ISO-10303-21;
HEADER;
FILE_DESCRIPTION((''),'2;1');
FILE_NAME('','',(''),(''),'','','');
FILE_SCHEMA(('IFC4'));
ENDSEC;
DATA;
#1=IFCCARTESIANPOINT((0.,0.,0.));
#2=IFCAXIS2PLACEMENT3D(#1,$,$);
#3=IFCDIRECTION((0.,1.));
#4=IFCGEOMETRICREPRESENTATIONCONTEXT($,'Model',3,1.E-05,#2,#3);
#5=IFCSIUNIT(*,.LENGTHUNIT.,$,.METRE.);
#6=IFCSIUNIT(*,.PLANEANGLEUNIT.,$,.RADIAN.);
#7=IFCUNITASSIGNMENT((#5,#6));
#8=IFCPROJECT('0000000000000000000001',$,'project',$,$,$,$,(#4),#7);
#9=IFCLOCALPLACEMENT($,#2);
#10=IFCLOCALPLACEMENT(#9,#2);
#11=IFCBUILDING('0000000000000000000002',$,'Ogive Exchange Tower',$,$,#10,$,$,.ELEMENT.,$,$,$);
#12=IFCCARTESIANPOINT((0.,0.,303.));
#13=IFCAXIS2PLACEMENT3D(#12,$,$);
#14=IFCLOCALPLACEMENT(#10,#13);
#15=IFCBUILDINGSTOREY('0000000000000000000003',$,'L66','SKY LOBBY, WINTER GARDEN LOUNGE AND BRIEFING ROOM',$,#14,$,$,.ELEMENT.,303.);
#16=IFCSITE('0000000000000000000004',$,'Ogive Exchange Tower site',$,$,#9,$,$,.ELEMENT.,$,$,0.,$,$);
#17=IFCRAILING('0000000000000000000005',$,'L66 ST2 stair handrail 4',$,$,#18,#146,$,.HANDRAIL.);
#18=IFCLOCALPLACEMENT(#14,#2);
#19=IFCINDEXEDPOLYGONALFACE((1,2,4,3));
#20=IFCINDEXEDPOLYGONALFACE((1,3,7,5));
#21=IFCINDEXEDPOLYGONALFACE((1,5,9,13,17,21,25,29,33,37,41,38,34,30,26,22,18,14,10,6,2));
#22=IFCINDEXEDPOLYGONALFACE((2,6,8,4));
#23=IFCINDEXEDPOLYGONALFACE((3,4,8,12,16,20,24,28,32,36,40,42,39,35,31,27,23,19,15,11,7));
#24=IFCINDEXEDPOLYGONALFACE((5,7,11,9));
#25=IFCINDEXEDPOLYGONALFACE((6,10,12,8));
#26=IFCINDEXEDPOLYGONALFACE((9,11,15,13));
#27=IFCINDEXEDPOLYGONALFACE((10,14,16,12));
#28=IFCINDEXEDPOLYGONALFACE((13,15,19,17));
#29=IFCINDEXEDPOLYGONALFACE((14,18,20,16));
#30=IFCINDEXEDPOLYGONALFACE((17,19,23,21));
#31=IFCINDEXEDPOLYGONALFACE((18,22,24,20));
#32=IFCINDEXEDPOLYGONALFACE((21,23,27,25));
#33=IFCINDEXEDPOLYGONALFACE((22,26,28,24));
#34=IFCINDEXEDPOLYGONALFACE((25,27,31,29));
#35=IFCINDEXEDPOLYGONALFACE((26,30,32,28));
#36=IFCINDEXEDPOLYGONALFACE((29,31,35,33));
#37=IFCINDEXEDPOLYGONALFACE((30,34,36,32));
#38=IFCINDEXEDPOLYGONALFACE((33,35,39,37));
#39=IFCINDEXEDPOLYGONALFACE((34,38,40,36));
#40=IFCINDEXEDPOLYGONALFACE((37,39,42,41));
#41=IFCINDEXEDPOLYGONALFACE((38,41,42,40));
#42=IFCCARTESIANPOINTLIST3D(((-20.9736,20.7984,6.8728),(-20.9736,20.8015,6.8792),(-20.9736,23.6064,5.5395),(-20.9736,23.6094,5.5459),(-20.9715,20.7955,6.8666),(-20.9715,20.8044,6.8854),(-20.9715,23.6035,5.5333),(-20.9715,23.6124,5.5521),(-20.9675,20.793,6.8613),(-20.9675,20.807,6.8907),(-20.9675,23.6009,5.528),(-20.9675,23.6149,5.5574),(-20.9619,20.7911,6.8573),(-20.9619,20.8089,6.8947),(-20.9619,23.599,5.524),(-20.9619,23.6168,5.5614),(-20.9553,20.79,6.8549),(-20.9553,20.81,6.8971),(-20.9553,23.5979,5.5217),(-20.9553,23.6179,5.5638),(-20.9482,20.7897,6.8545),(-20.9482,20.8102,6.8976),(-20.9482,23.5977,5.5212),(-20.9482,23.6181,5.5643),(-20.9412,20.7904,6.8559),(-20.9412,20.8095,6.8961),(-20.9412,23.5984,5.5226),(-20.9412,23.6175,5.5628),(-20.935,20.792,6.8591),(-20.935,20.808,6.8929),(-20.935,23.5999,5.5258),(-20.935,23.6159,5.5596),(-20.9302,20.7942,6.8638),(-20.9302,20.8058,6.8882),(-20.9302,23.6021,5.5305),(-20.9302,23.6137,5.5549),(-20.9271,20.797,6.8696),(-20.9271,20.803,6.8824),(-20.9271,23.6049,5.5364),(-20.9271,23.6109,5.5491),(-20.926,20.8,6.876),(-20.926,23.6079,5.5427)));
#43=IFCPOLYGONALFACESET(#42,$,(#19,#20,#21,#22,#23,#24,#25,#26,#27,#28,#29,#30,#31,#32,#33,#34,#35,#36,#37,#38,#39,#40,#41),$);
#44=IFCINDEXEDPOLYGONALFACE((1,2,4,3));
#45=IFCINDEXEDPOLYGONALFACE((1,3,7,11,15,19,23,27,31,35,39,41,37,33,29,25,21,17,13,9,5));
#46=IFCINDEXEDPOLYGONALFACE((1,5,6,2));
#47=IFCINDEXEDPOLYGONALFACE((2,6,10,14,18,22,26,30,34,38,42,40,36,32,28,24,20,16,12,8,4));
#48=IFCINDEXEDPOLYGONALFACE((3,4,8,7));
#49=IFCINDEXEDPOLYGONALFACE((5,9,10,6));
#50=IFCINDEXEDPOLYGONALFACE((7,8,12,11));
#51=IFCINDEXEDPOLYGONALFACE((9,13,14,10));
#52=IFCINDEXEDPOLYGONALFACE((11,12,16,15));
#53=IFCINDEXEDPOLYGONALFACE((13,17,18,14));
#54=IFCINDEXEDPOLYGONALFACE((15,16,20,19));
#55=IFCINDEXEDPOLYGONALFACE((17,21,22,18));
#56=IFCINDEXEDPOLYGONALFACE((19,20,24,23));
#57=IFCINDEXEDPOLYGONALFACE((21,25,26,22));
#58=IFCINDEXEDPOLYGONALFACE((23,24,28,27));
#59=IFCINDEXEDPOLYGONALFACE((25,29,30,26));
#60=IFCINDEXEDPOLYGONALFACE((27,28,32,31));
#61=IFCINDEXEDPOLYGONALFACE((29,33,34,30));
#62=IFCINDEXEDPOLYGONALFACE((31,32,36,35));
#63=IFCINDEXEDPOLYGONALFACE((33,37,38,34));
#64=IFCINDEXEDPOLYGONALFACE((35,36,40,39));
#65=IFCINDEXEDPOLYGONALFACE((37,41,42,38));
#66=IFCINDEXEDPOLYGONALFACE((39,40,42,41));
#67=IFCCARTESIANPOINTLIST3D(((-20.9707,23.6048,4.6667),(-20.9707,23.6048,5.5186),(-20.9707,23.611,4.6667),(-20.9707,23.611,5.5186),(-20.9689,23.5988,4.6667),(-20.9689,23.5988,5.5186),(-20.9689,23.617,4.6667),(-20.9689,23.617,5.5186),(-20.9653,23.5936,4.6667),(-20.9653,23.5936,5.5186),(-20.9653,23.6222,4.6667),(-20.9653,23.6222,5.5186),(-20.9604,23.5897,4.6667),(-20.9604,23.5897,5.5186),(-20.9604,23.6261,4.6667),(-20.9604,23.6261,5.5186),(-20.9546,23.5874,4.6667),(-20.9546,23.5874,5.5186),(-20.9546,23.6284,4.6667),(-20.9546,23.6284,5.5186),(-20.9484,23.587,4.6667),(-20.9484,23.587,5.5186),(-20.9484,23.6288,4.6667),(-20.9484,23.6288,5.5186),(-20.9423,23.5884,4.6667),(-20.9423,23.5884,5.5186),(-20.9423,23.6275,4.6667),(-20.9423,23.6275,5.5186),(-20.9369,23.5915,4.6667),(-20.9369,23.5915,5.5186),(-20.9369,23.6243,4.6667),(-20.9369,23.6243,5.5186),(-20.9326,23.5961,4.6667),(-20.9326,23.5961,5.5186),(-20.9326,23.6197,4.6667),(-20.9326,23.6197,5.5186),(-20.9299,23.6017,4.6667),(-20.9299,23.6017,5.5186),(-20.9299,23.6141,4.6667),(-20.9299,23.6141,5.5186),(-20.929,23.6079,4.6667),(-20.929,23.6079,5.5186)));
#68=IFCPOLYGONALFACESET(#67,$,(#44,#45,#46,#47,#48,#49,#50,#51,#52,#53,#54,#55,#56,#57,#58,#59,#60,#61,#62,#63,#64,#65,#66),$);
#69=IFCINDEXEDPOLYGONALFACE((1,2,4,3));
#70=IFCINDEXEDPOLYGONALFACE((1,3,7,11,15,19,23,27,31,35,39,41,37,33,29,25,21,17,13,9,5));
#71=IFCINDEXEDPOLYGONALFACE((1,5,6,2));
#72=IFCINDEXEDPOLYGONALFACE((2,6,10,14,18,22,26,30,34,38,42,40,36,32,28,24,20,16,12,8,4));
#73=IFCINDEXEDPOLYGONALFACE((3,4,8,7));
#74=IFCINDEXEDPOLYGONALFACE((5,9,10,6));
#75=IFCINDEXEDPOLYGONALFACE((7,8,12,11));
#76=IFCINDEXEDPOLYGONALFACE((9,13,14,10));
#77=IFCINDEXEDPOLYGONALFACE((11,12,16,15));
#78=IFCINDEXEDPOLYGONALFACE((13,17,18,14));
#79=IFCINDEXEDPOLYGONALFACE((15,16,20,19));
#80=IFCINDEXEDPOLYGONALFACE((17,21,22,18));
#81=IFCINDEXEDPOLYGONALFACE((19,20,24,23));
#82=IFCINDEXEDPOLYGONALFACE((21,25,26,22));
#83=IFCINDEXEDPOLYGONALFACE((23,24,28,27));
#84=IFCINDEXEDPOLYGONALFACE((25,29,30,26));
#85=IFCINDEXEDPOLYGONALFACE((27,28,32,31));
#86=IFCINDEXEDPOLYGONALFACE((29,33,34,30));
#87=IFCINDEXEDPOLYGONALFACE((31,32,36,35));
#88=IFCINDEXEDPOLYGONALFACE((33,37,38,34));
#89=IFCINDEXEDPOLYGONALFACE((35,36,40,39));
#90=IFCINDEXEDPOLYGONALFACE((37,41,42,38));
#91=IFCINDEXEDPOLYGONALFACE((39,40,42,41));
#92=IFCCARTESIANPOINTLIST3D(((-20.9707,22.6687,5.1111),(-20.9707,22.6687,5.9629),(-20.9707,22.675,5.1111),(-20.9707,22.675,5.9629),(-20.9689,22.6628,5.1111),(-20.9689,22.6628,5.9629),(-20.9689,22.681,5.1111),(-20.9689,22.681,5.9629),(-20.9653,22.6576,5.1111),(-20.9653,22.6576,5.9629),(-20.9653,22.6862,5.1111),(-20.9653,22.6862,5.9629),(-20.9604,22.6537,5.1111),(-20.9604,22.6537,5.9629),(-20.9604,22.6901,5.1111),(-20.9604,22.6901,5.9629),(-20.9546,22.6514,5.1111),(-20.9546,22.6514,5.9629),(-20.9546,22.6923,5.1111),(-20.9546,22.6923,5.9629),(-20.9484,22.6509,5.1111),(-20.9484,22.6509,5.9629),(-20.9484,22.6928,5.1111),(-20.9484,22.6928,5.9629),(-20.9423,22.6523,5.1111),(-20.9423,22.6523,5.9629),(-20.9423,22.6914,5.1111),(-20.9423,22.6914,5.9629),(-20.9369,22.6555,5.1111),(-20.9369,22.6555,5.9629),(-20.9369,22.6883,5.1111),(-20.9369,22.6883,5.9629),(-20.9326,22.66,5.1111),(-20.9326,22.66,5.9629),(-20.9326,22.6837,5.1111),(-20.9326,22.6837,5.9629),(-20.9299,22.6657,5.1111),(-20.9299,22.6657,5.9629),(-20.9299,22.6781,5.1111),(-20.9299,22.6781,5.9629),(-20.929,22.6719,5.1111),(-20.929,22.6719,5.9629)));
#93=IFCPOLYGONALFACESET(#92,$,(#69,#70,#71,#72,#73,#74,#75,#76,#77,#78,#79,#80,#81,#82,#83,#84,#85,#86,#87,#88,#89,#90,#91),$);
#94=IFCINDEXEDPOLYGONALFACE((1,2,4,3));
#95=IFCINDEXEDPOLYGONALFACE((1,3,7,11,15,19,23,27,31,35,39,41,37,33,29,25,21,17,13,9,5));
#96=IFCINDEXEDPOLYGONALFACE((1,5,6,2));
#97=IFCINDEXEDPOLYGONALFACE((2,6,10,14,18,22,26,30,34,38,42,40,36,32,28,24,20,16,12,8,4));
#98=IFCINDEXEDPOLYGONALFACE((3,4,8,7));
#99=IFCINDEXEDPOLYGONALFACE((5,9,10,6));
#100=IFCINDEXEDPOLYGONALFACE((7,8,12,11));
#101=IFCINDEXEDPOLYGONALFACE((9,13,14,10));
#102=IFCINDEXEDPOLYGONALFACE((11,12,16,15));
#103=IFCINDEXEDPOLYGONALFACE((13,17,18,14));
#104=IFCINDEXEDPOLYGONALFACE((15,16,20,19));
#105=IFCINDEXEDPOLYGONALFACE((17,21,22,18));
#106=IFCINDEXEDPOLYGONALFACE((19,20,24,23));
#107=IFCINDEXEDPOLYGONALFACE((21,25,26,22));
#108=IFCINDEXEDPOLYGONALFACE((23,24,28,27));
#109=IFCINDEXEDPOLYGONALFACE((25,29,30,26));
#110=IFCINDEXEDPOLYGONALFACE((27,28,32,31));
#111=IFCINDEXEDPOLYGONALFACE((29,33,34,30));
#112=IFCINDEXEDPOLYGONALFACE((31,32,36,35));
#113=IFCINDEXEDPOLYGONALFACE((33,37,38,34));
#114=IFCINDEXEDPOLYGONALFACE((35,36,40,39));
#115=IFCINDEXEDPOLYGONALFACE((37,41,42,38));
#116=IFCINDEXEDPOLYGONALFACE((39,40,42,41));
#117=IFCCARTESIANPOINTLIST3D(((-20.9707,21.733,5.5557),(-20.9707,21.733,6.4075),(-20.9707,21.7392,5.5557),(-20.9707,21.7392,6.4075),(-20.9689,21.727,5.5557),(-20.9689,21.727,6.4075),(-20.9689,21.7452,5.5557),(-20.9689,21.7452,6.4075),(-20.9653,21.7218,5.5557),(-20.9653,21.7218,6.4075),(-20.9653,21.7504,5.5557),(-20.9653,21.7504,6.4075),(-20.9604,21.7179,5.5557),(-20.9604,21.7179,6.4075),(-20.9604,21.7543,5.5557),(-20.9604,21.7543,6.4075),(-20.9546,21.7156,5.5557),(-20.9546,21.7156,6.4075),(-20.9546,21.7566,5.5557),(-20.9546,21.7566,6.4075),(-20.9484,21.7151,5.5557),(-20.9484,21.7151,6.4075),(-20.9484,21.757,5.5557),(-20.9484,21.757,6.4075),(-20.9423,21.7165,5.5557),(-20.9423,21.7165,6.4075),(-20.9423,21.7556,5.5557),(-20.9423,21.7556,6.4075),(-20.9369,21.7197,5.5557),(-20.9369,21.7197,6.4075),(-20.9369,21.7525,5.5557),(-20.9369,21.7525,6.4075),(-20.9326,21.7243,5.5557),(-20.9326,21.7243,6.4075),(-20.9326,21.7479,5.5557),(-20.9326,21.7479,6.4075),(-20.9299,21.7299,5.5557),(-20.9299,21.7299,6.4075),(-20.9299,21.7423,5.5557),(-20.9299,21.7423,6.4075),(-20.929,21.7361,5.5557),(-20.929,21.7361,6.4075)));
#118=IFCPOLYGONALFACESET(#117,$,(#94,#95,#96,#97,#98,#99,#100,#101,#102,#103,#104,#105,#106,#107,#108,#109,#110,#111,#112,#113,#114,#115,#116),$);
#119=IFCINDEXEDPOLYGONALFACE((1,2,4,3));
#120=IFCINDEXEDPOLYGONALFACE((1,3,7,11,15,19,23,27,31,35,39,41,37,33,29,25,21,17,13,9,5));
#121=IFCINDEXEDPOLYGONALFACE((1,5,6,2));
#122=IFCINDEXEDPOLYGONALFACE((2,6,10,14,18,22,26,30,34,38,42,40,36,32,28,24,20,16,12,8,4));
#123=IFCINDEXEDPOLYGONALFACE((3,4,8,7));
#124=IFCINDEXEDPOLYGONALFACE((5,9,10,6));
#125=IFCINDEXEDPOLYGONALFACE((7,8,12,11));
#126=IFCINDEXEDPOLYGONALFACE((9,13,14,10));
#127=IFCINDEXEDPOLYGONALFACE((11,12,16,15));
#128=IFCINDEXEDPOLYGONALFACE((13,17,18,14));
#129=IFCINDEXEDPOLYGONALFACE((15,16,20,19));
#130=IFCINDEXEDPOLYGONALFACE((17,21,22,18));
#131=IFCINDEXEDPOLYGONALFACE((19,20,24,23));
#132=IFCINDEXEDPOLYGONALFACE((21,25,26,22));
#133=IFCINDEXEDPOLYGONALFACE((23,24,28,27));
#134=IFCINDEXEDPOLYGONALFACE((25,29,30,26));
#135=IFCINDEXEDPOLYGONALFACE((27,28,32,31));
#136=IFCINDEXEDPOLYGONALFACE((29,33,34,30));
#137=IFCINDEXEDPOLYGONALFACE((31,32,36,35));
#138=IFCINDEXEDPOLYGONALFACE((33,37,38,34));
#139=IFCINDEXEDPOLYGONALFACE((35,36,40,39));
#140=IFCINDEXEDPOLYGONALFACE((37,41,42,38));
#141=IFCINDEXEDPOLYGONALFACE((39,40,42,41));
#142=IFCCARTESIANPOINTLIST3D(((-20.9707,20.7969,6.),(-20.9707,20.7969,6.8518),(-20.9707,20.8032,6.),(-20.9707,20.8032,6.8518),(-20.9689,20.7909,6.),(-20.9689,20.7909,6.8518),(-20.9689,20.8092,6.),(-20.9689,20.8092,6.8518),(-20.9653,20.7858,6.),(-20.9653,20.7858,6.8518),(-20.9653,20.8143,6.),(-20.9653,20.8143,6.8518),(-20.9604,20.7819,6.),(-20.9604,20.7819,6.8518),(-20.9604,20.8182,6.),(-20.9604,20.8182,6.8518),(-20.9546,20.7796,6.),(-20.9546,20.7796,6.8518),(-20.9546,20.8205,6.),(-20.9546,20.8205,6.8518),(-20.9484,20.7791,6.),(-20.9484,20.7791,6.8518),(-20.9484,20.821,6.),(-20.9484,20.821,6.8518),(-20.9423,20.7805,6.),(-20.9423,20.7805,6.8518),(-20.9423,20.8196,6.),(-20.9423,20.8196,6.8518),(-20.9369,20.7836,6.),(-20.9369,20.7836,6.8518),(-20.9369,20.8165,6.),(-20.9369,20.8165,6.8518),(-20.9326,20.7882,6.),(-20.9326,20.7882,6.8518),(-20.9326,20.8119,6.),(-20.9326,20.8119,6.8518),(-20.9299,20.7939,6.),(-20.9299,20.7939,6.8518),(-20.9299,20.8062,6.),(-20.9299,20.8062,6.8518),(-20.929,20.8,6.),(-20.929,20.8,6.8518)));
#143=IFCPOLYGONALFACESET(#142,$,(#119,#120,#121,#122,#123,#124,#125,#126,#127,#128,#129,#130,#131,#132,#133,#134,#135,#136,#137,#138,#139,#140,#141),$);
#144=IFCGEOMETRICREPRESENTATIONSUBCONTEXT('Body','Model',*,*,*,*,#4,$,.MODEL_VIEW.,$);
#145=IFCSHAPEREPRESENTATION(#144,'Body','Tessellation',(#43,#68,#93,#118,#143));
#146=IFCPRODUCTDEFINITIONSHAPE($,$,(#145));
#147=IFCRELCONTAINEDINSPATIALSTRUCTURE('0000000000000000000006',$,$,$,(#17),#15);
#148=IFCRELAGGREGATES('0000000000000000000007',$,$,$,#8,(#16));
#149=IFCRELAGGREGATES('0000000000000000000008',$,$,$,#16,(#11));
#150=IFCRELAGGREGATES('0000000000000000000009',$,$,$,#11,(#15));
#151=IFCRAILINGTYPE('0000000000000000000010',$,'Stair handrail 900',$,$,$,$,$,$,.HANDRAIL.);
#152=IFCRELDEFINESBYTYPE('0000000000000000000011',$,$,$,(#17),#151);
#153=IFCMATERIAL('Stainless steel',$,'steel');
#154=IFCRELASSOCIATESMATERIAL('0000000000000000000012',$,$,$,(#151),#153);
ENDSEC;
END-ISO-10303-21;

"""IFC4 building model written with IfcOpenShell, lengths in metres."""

from ifc_helpers import new_model, si_unit, direction, frame, origin, origin_2d, place, context, subcontext, project, spatial, circle, extrude, material, type_object, element, save


model = new_model("IFC4")

# Units and contexts
model_context = context("Model", 3, precision=1e-05, world=origin(), true_north=direction((0.0, 1.0)))
body_context = subcontext(model_context, "Body", "Model", "MODEL_VIEW")
ifc_project = project(units=[si_unit("LENGTHUNIT", "METRE"), si_unit("PLANEANGLEUNIT", "RADIAN")], contexts=[model_context])

# Site, building, storey
site_placement = place(None, origin())
site = spatial("IfcSite", under=ifc_project, at=site_placement, Name="Ogive Exchange Tower site", CompositionType="ELEMENT", RefElevation=0.0)
building_placement = place(site_placement, origin())
building = spatial("IfcBuilding", under=site, at=building_placement, Name="Ogive Exchange Tower", CompositionType="ELEMENT")
storey_placement = place(building_placement, frame((0.0, 0.0, 303.0)))
storey = spatial("IfcBuildingStorey", under=building, at=storey_placement, Name="L66", Description="SKY LOBBY, WINTER GARDEN LOUNGE AND BRIEFING ROOM", CompositionType="ELEMENT", Elevation=303.0)

# Railing
ifc_material_1 = material(Name="Stainless steel", Category="steel")
railing_type = type_object("IfcRailingType", Name="Stair handrail 900", PredefinedType="HANDRAIL", material=ifc_material_1)
railing_1_placement = place(storey_placement, frame((-20.95, 23.6079, 4.6667)))
element("IfcRailing", 1, at=railing_1_placement, inside=storey, type_object=railing_type, Name="L66 ST2 stair handrail 4", PredefinedType="HANDRAIL", context=body_context, shape_type="SweptSolid", body=[
    extrude(circle(Radius=0.0239, at=origin_2d()), frame((0.0, 0.0, 0.876), z_axis=(0.0, -0.903338, 0.42893), x_axis=(1.0, 0.0, 0.0)), (0.0, 0.0, 1.0), 3.1084),
    extrude(circle(Radius=0.021, at=origin_2d()), origin(), (0.0, 0.0, 1.0), 0.8518),
    extrude(circle(Radius=0.021, at=origin_2d()), frame((0.0, -0.936, 0.4443)), (0.0, 0.0, 1.0), 0.8518),
    extrude(circle(Radius=0.021, at=origin_2d()), frame((0.0, -1.8718, 0.8889)), (0.0, 0.0, 1.0), 0.8518),
    extrude(circle(Radius=0.021, at=origin_2d()), frame((0.0, -2.8079, 1.3333)), (0.0, 0.0, 1.0), 0.8518),
])

save(model, "model.ifc")
